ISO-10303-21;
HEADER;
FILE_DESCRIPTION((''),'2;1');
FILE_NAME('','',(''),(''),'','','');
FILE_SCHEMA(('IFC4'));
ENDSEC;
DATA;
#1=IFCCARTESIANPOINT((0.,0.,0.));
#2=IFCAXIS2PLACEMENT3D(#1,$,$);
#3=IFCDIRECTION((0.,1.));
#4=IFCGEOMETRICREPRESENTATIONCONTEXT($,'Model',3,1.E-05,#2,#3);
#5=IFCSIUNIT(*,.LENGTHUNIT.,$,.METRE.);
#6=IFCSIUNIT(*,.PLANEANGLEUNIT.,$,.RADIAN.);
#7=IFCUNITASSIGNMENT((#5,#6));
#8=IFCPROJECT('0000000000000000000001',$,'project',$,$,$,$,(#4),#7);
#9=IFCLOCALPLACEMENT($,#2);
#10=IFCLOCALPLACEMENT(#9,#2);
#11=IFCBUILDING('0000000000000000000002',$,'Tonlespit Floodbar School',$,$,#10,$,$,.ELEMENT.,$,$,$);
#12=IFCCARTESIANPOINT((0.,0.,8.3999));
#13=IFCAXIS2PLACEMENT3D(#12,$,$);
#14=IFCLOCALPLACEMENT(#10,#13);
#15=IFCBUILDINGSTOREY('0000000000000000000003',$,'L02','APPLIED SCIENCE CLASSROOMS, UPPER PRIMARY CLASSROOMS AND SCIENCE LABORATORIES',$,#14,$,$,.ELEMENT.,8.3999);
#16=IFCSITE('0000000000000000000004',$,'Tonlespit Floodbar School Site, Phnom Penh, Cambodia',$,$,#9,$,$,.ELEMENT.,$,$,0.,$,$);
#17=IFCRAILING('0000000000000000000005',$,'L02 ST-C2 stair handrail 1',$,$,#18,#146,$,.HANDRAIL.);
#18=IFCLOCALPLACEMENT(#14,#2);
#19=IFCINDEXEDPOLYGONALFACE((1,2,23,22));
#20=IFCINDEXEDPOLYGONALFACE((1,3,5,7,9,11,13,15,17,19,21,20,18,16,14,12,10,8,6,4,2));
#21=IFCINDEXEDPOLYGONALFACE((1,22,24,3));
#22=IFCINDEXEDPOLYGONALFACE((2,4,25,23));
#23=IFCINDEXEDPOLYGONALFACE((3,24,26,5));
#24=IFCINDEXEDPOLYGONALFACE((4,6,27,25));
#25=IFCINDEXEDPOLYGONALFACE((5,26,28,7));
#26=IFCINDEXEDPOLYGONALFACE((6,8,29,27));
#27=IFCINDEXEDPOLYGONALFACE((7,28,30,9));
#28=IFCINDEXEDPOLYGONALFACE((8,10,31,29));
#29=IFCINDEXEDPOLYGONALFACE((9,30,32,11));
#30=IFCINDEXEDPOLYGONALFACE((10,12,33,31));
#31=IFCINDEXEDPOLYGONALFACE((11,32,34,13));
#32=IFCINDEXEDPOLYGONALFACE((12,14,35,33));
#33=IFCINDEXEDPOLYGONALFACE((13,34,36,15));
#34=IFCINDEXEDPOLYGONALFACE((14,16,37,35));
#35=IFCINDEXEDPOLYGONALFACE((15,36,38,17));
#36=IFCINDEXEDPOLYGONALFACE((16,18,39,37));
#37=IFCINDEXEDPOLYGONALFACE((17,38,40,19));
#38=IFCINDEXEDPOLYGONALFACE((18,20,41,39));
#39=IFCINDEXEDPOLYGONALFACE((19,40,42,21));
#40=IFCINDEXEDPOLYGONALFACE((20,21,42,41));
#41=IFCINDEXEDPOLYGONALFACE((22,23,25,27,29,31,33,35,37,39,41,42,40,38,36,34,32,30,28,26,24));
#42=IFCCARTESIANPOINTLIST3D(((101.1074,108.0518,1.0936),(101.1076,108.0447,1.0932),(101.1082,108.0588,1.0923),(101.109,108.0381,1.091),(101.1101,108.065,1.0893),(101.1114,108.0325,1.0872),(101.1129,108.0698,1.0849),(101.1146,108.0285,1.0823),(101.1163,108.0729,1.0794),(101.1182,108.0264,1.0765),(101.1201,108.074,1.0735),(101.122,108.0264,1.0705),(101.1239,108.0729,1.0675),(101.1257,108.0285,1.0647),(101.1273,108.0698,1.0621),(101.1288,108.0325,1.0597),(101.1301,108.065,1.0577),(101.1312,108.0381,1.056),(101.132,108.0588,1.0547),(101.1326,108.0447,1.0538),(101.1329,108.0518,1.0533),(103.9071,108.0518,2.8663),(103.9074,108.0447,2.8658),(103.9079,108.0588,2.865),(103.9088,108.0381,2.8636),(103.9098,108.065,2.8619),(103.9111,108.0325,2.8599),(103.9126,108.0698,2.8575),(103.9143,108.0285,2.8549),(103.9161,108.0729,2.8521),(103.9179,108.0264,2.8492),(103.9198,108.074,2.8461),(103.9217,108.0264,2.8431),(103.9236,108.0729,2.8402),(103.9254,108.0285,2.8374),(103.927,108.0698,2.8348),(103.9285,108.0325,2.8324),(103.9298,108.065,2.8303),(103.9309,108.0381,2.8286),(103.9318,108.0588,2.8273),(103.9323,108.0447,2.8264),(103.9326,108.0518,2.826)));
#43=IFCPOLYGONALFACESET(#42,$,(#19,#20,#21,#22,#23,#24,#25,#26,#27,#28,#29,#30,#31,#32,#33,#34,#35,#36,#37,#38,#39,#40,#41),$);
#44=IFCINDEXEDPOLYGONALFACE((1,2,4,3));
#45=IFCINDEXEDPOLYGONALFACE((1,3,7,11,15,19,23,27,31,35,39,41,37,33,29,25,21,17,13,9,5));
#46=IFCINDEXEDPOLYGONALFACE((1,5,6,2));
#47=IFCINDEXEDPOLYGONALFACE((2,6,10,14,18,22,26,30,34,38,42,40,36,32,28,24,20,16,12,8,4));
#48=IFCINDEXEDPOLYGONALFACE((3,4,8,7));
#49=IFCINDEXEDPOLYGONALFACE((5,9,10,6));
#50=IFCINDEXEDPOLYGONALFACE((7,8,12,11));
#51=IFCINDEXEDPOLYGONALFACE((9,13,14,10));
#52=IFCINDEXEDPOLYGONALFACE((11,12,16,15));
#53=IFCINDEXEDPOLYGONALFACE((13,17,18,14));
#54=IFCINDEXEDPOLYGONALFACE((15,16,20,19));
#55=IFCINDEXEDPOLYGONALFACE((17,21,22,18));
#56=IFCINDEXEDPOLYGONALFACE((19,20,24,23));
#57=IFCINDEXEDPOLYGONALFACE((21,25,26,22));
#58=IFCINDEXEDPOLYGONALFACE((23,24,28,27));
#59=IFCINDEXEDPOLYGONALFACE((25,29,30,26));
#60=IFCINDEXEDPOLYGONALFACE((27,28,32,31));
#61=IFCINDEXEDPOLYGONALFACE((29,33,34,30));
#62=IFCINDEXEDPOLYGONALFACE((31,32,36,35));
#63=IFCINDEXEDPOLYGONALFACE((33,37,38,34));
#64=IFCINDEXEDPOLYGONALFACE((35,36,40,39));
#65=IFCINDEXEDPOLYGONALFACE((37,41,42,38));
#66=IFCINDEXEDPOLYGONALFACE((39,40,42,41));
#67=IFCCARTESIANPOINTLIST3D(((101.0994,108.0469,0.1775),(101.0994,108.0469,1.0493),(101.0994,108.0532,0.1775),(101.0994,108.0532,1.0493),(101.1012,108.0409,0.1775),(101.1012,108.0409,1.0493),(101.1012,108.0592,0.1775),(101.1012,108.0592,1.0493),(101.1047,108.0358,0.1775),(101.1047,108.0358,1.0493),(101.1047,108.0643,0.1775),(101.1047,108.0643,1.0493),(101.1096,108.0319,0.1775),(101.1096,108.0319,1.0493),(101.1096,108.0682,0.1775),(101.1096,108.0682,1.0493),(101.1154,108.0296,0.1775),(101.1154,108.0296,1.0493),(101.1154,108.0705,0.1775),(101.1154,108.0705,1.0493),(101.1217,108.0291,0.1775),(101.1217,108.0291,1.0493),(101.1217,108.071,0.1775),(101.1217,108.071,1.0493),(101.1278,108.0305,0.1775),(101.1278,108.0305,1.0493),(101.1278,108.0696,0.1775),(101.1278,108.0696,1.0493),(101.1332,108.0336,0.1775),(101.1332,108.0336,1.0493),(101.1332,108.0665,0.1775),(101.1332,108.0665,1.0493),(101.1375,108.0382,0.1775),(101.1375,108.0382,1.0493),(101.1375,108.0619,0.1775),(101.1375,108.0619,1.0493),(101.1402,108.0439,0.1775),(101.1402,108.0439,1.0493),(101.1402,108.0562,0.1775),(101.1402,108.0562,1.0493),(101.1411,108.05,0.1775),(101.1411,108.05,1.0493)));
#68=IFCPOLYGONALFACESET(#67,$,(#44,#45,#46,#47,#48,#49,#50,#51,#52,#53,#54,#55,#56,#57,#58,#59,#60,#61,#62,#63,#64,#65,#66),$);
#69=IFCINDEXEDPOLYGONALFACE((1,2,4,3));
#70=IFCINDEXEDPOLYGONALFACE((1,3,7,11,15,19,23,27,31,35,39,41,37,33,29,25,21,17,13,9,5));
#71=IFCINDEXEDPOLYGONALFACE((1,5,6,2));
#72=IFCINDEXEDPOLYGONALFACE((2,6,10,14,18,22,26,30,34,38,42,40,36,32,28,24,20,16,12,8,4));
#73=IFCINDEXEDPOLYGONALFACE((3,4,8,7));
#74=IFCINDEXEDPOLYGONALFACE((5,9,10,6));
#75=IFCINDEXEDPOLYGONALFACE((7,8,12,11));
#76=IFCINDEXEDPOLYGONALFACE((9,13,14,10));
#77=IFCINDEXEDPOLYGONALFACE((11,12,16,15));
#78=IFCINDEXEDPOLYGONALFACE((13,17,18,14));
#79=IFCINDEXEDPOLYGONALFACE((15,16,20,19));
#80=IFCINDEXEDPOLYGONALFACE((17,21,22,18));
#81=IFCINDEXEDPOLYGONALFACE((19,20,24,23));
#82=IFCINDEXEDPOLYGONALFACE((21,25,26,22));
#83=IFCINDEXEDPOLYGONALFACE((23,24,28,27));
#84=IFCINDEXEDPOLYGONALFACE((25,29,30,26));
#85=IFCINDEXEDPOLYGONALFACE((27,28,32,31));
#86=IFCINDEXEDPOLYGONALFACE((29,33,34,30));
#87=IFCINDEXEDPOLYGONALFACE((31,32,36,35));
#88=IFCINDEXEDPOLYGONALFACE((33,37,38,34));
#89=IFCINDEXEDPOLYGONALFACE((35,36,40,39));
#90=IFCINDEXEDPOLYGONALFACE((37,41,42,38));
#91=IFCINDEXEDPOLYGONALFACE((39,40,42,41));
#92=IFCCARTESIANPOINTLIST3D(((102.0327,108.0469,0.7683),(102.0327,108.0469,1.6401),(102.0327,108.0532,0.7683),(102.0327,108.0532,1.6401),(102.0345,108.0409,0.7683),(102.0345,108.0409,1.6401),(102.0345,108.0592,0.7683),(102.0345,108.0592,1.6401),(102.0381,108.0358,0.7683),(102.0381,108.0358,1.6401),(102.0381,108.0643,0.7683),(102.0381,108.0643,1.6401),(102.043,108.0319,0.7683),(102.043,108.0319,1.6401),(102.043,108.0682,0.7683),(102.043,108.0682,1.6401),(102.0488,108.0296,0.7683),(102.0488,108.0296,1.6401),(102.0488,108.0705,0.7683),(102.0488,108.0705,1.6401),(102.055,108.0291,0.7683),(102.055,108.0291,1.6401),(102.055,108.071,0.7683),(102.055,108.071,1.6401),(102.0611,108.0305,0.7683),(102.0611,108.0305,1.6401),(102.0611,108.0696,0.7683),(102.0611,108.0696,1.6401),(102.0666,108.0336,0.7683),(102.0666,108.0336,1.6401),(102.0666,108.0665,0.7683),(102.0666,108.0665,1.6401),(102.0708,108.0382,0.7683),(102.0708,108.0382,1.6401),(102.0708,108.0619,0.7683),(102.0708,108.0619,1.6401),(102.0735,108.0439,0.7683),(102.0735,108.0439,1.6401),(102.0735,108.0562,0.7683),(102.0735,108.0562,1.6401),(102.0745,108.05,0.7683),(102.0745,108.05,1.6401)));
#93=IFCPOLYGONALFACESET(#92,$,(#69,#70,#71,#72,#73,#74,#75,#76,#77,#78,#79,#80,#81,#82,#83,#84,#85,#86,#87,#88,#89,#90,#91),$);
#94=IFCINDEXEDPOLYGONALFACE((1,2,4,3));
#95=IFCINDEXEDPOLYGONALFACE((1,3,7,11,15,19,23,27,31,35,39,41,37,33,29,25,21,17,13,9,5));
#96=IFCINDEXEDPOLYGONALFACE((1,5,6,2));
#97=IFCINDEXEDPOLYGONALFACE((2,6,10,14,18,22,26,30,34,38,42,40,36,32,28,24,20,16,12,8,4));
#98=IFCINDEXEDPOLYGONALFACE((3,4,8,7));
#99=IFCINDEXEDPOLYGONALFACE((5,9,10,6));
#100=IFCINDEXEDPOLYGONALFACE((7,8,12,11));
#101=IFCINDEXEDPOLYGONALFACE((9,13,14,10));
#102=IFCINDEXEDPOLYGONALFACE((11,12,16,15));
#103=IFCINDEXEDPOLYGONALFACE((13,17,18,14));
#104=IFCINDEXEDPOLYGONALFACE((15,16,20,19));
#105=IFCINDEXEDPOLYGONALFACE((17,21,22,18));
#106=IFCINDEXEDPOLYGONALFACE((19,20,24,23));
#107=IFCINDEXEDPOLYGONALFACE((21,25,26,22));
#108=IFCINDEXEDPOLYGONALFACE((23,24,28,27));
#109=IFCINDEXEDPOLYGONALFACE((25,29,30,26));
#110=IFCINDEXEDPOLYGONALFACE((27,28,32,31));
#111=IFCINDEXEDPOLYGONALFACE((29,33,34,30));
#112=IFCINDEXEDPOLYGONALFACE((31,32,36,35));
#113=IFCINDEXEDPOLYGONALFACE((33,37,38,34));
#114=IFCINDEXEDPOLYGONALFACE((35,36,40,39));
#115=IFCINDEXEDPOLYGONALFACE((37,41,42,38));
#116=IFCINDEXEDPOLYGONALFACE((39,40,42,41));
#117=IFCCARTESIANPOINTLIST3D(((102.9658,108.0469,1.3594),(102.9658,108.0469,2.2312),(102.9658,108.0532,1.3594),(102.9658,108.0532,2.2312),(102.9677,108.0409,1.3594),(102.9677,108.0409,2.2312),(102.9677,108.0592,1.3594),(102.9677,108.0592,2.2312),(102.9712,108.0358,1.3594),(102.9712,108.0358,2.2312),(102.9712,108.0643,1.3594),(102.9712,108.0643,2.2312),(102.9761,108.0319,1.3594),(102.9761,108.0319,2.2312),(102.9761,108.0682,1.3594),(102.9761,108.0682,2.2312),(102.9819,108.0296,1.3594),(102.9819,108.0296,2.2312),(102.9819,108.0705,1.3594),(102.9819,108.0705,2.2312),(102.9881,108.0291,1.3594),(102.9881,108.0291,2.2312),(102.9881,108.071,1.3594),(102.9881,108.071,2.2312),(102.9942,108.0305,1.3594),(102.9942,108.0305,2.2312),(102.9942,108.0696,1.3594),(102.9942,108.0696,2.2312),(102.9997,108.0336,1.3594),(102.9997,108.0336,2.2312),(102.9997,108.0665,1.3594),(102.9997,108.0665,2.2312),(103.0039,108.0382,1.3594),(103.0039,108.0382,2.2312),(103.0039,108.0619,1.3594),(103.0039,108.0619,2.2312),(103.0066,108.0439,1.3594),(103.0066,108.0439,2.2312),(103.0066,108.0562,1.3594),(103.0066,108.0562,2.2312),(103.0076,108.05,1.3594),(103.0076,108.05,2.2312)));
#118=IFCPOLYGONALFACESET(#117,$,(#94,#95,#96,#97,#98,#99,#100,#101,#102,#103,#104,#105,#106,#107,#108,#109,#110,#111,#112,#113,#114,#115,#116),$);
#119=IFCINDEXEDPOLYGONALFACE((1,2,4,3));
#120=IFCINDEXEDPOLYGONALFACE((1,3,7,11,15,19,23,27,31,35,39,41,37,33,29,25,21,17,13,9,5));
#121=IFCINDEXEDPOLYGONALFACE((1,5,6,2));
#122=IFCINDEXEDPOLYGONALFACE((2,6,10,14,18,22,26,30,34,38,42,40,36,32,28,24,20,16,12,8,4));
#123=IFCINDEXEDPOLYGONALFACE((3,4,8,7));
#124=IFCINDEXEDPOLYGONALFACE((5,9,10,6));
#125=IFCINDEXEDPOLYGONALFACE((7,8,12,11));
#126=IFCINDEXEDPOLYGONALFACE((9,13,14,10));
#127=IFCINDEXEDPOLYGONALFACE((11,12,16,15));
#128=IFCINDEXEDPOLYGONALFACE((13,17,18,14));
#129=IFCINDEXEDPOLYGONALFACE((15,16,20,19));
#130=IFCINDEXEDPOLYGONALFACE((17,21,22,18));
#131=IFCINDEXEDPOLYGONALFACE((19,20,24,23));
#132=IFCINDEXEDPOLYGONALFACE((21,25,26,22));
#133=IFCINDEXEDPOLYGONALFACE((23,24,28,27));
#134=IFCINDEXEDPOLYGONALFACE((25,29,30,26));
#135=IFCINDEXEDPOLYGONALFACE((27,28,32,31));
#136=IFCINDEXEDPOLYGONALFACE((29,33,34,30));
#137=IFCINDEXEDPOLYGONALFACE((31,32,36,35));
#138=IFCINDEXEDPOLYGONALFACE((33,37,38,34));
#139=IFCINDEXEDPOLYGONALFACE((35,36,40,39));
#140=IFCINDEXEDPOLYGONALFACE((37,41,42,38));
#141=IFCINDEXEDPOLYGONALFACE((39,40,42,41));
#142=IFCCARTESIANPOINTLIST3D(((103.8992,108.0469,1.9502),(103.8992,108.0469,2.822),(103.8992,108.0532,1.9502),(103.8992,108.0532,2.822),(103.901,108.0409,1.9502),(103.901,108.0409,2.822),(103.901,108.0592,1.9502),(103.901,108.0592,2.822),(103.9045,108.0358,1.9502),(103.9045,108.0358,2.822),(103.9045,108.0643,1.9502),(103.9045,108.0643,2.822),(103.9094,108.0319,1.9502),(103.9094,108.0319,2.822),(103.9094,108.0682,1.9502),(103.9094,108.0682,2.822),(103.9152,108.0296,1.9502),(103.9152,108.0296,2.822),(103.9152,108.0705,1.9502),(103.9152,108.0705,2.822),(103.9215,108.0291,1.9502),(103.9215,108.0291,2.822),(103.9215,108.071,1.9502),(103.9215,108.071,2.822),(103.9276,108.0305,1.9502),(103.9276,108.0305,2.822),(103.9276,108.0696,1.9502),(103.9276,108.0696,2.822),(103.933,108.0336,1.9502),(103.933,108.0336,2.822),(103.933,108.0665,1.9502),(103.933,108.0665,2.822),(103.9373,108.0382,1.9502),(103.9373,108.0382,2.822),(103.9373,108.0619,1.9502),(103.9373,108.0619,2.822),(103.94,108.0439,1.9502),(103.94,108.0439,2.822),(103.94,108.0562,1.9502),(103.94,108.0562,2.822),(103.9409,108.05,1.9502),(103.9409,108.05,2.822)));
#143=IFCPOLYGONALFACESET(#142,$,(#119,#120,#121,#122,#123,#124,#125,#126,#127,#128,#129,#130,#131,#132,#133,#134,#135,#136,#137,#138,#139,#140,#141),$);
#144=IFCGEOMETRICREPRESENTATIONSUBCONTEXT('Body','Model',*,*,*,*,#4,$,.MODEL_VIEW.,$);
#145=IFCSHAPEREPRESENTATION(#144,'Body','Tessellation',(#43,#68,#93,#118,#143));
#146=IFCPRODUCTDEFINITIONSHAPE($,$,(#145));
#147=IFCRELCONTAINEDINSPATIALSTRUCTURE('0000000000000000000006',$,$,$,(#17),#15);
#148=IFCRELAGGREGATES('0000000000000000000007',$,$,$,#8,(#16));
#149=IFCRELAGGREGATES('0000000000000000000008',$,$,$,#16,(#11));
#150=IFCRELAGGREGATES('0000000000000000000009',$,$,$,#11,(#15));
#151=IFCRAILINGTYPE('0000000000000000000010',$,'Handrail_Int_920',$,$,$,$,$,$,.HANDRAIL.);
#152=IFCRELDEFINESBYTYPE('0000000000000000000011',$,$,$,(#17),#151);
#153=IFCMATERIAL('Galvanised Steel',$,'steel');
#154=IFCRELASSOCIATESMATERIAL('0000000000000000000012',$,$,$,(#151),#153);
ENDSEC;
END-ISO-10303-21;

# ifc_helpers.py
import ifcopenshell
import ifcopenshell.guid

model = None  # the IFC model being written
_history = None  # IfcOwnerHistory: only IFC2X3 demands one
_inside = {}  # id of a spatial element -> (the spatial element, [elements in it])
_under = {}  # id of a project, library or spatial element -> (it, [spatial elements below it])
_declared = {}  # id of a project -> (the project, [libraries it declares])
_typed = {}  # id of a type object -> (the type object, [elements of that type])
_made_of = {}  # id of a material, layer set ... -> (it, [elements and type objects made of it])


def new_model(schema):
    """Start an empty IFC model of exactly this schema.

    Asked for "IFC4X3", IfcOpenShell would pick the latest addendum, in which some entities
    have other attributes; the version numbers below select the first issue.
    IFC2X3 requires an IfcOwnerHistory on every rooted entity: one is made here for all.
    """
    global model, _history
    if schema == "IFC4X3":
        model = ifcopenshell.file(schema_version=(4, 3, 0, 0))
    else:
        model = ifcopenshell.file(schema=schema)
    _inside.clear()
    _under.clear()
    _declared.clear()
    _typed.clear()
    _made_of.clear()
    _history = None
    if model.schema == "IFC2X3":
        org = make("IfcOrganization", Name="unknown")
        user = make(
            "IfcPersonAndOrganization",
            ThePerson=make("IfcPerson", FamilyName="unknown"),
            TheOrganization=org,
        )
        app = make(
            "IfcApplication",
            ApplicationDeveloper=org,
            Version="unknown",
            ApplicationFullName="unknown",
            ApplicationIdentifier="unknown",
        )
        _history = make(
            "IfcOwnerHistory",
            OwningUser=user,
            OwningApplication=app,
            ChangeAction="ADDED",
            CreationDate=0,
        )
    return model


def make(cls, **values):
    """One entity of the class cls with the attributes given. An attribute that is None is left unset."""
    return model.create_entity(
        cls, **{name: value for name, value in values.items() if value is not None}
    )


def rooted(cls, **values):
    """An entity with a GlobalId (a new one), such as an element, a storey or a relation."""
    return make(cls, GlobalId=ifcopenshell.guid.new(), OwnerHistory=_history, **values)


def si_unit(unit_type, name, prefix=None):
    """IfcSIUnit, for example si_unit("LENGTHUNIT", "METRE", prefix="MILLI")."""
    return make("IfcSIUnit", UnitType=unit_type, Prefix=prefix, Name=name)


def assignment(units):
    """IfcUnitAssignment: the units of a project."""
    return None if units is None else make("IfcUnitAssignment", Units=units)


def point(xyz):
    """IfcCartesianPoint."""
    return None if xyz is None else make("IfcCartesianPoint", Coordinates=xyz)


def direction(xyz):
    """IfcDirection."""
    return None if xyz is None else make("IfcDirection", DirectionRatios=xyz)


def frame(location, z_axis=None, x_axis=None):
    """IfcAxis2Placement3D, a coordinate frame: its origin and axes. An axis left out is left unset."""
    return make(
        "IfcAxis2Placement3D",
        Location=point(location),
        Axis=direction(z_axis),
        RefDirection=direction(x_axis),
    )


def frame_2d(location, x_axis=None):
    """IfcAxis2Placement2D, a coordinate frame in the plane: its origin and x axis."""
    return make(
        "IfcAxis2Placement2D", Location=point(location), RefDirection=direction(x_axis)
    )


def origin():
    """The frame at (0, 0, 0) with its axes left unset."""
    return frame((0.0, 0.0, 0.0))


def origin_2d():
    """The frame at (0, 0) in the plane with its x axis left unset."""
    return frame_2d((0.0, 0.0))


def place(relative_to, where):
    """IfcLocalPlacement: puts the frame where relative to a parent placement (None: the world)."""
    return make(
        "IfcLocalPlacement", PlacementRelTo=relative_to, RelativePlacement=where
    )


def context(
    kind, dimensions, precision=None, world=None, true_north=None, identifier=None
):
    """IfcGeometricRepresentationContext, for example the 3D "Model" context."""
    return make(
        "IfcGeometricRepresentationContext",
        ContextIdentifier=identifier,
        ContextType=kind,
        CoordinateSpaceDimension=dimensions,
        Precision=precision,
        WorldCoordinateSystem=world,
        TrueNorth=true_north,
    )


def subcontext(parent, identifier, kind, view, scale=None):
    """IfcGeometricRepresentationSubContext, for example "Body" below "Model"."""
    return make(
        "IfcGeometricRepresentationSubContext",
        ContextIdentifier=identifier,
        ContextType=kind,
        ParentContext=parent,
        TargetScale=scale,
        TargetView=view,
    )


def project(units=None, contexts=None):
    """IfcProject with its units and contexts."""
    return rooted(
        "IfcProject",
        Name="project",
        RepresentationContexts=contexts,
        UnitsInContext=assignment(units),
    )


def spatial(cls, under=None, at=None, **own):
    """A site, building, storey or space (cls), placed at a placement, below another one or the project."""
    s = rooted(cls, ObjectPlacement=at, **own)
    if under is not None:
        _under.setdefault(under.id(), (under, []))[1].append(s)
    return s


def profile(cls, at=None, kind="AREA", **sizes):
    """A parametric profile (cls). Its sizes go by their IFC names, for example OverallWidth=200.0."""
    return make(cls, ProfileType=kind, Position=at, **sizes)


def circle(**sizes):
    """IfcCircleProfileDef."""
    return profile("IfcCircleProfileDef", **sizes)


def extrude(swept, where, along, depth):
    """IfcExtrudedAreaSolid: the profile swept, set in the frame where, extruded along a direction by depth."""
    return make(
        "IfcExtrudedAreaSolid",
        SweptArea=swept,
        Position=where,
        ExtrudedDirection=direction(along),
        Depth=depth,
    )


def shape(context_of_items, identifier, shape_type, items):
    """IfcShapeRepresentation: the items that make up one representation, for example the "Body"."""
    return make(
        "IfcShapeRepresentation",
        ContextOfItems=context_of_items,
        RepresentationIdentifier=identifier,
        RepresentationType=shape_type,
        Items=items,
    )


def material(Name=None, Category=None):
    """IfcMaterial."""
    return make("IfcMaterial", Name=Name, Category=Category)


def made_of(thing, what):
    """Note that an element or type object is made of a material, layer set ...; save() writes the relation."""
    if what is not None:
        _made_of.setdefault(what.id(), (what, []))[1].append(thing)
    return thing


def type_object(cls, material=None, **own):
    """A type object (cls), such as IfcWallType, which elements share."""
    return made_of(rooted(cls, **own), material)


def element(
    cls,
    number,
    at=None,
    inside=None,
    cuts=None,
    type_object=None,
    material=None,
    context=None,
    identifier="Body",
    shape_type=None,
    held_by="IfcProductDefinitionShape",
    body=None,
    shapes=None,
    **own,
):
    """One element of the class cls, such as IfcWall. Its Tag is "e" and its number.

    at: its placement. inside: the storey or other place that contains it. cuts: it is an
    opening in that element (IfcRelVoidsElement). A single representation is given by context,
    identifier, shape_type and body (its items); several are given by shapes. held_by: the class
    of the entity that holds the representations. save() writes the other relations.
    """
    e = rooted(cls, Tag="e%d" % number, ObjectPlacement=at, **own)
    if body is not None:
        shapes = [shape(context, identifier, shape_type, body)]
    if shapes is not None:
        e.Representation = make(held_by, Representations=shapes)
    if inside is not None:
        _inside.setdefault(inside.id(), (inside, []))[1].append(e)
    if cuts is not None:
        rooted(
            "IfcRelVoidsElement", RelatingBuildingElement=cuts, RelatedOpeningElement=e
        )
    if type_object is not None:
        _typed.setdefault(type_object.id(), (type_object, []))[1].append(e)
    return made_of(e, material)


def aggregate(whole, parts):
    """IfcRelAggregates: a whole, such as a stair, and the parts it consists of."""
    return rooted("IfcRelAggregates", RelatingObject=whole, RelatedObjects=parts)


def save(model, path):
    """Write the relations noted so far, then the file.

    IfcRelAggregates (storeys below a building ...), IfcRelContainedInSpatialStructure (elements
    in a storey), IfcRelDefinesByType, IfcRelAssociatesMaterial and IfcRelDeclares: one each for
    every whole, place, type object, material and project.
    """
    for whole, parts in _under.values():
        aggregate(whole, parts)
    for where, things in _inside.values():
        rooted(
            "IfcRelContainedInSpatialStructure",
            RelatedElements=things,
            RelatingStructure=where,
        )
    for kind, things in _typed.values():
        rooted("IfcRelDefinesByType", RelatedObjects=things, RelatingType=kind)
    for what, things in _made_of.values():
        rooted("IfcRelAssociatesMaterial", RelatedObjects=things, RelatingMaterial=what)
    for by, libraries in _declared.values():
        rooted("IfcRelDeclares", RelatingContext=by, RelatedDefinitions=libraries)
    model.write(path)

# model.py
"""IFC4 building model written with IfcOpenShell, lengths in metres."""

from ifc_helpers import new_model, si_unit, direction, frame, origin, origin_2d, place, context, subcontext, project, spatial, circle, extrude, material, type_object, element, save


model = new_model("IFC4")

# Units and contexts
model_context = context("Model", 3, precision=1e-05, world=origin(), true_north=direction((0.0, 1.0)))
body_context = subcontext(model_context, "Body", "Model", "MODEL_VIEW")
ifc_project = project(units=[si_unit("LENGTHUNIT", "METRE"), si_unit("PLANEANGLEUNIT", "RADIAN")], contexts=[model_context])

# Site, building, storey
site_placement = place(None, origin())
site = spatial("IfcSite", under=ifc_project, at=site_placement, Name="Tonlespit Floodbar School Site, Phnom Penh, Cambodia", CompositionType="ELEMENT", RefElevation=0.0)
building_placement = place(site_placement, origin())
building = spatial("IfcBuilding", under=site, at=building_placement, Name="Tonlespit Floodbar School", CompositionType="ELEMENT")
storey_placement = place(building_placement, frame((0.0, 0.0, 8.3999)))
storey = spatial("IfcBuildingStorey", under=building, at=storey_placement, Name="L02", Description="APPLIED SCIENCE CLASSROOMS, UPPER PRIMARY CLASSROOMS AND SCIENCE LABORATORIES", CompositionType="ELEMENT", Elevation=8.3999)

# Shared definitions
ifc_material_1 = material(Name="Galvanised Steel", Category="steel")

# Railing
railing_type_1 = type_object("IfcRailingType", Name="Handrail_Int_920", PredefinedType="HANDRAIL", material=ifc_material_1)
railing_1_placement = place(storey_placement, frame((101.1201, 108.05, 0.1775)))
element("IfcRailing", 1, at=railing_1_placement, inside=storey, type_object=railing_type_1, Name="L02 ST-C2 stair handrail 1", PredefinedType="HANDRAIL", context=body_context, shape_type="SweptSolid", body=[
    extrude(circle(Radius=0.0239, at=origin_2d()), frame((0.0, 0.0, 0.896), z_axis=(0.844888, 0.0, 0.534943), x_axis=(0.0, 1.0, 0.0)), (0.0, 0.0, 1.0), 3.3137),
    extrude(circle(Radius=0.021, at=origin_2d()), origin(), (0.0, 0.0, 1.0), 0.8718),
    extrude(circle(Radius=0.021, at=origin_2d()), frame((0.9333, 0.0, 0.5908)), (0.0, 0.0, 1.0), 0.8718),
    extrude(circle(Radius=0.021, at=origin_2d()), frame((1.8665, 0.0, 1.1819)), (0.0, 0.0, 1.0), 0.8718),
    extrude(circle(Radius=0.021, at=origin_2d()), frame((2.7998, 0.0, 1.7727)), (0.0, 0.0, 1.0), 0.8718),
])

save(model, "model.ifc")
